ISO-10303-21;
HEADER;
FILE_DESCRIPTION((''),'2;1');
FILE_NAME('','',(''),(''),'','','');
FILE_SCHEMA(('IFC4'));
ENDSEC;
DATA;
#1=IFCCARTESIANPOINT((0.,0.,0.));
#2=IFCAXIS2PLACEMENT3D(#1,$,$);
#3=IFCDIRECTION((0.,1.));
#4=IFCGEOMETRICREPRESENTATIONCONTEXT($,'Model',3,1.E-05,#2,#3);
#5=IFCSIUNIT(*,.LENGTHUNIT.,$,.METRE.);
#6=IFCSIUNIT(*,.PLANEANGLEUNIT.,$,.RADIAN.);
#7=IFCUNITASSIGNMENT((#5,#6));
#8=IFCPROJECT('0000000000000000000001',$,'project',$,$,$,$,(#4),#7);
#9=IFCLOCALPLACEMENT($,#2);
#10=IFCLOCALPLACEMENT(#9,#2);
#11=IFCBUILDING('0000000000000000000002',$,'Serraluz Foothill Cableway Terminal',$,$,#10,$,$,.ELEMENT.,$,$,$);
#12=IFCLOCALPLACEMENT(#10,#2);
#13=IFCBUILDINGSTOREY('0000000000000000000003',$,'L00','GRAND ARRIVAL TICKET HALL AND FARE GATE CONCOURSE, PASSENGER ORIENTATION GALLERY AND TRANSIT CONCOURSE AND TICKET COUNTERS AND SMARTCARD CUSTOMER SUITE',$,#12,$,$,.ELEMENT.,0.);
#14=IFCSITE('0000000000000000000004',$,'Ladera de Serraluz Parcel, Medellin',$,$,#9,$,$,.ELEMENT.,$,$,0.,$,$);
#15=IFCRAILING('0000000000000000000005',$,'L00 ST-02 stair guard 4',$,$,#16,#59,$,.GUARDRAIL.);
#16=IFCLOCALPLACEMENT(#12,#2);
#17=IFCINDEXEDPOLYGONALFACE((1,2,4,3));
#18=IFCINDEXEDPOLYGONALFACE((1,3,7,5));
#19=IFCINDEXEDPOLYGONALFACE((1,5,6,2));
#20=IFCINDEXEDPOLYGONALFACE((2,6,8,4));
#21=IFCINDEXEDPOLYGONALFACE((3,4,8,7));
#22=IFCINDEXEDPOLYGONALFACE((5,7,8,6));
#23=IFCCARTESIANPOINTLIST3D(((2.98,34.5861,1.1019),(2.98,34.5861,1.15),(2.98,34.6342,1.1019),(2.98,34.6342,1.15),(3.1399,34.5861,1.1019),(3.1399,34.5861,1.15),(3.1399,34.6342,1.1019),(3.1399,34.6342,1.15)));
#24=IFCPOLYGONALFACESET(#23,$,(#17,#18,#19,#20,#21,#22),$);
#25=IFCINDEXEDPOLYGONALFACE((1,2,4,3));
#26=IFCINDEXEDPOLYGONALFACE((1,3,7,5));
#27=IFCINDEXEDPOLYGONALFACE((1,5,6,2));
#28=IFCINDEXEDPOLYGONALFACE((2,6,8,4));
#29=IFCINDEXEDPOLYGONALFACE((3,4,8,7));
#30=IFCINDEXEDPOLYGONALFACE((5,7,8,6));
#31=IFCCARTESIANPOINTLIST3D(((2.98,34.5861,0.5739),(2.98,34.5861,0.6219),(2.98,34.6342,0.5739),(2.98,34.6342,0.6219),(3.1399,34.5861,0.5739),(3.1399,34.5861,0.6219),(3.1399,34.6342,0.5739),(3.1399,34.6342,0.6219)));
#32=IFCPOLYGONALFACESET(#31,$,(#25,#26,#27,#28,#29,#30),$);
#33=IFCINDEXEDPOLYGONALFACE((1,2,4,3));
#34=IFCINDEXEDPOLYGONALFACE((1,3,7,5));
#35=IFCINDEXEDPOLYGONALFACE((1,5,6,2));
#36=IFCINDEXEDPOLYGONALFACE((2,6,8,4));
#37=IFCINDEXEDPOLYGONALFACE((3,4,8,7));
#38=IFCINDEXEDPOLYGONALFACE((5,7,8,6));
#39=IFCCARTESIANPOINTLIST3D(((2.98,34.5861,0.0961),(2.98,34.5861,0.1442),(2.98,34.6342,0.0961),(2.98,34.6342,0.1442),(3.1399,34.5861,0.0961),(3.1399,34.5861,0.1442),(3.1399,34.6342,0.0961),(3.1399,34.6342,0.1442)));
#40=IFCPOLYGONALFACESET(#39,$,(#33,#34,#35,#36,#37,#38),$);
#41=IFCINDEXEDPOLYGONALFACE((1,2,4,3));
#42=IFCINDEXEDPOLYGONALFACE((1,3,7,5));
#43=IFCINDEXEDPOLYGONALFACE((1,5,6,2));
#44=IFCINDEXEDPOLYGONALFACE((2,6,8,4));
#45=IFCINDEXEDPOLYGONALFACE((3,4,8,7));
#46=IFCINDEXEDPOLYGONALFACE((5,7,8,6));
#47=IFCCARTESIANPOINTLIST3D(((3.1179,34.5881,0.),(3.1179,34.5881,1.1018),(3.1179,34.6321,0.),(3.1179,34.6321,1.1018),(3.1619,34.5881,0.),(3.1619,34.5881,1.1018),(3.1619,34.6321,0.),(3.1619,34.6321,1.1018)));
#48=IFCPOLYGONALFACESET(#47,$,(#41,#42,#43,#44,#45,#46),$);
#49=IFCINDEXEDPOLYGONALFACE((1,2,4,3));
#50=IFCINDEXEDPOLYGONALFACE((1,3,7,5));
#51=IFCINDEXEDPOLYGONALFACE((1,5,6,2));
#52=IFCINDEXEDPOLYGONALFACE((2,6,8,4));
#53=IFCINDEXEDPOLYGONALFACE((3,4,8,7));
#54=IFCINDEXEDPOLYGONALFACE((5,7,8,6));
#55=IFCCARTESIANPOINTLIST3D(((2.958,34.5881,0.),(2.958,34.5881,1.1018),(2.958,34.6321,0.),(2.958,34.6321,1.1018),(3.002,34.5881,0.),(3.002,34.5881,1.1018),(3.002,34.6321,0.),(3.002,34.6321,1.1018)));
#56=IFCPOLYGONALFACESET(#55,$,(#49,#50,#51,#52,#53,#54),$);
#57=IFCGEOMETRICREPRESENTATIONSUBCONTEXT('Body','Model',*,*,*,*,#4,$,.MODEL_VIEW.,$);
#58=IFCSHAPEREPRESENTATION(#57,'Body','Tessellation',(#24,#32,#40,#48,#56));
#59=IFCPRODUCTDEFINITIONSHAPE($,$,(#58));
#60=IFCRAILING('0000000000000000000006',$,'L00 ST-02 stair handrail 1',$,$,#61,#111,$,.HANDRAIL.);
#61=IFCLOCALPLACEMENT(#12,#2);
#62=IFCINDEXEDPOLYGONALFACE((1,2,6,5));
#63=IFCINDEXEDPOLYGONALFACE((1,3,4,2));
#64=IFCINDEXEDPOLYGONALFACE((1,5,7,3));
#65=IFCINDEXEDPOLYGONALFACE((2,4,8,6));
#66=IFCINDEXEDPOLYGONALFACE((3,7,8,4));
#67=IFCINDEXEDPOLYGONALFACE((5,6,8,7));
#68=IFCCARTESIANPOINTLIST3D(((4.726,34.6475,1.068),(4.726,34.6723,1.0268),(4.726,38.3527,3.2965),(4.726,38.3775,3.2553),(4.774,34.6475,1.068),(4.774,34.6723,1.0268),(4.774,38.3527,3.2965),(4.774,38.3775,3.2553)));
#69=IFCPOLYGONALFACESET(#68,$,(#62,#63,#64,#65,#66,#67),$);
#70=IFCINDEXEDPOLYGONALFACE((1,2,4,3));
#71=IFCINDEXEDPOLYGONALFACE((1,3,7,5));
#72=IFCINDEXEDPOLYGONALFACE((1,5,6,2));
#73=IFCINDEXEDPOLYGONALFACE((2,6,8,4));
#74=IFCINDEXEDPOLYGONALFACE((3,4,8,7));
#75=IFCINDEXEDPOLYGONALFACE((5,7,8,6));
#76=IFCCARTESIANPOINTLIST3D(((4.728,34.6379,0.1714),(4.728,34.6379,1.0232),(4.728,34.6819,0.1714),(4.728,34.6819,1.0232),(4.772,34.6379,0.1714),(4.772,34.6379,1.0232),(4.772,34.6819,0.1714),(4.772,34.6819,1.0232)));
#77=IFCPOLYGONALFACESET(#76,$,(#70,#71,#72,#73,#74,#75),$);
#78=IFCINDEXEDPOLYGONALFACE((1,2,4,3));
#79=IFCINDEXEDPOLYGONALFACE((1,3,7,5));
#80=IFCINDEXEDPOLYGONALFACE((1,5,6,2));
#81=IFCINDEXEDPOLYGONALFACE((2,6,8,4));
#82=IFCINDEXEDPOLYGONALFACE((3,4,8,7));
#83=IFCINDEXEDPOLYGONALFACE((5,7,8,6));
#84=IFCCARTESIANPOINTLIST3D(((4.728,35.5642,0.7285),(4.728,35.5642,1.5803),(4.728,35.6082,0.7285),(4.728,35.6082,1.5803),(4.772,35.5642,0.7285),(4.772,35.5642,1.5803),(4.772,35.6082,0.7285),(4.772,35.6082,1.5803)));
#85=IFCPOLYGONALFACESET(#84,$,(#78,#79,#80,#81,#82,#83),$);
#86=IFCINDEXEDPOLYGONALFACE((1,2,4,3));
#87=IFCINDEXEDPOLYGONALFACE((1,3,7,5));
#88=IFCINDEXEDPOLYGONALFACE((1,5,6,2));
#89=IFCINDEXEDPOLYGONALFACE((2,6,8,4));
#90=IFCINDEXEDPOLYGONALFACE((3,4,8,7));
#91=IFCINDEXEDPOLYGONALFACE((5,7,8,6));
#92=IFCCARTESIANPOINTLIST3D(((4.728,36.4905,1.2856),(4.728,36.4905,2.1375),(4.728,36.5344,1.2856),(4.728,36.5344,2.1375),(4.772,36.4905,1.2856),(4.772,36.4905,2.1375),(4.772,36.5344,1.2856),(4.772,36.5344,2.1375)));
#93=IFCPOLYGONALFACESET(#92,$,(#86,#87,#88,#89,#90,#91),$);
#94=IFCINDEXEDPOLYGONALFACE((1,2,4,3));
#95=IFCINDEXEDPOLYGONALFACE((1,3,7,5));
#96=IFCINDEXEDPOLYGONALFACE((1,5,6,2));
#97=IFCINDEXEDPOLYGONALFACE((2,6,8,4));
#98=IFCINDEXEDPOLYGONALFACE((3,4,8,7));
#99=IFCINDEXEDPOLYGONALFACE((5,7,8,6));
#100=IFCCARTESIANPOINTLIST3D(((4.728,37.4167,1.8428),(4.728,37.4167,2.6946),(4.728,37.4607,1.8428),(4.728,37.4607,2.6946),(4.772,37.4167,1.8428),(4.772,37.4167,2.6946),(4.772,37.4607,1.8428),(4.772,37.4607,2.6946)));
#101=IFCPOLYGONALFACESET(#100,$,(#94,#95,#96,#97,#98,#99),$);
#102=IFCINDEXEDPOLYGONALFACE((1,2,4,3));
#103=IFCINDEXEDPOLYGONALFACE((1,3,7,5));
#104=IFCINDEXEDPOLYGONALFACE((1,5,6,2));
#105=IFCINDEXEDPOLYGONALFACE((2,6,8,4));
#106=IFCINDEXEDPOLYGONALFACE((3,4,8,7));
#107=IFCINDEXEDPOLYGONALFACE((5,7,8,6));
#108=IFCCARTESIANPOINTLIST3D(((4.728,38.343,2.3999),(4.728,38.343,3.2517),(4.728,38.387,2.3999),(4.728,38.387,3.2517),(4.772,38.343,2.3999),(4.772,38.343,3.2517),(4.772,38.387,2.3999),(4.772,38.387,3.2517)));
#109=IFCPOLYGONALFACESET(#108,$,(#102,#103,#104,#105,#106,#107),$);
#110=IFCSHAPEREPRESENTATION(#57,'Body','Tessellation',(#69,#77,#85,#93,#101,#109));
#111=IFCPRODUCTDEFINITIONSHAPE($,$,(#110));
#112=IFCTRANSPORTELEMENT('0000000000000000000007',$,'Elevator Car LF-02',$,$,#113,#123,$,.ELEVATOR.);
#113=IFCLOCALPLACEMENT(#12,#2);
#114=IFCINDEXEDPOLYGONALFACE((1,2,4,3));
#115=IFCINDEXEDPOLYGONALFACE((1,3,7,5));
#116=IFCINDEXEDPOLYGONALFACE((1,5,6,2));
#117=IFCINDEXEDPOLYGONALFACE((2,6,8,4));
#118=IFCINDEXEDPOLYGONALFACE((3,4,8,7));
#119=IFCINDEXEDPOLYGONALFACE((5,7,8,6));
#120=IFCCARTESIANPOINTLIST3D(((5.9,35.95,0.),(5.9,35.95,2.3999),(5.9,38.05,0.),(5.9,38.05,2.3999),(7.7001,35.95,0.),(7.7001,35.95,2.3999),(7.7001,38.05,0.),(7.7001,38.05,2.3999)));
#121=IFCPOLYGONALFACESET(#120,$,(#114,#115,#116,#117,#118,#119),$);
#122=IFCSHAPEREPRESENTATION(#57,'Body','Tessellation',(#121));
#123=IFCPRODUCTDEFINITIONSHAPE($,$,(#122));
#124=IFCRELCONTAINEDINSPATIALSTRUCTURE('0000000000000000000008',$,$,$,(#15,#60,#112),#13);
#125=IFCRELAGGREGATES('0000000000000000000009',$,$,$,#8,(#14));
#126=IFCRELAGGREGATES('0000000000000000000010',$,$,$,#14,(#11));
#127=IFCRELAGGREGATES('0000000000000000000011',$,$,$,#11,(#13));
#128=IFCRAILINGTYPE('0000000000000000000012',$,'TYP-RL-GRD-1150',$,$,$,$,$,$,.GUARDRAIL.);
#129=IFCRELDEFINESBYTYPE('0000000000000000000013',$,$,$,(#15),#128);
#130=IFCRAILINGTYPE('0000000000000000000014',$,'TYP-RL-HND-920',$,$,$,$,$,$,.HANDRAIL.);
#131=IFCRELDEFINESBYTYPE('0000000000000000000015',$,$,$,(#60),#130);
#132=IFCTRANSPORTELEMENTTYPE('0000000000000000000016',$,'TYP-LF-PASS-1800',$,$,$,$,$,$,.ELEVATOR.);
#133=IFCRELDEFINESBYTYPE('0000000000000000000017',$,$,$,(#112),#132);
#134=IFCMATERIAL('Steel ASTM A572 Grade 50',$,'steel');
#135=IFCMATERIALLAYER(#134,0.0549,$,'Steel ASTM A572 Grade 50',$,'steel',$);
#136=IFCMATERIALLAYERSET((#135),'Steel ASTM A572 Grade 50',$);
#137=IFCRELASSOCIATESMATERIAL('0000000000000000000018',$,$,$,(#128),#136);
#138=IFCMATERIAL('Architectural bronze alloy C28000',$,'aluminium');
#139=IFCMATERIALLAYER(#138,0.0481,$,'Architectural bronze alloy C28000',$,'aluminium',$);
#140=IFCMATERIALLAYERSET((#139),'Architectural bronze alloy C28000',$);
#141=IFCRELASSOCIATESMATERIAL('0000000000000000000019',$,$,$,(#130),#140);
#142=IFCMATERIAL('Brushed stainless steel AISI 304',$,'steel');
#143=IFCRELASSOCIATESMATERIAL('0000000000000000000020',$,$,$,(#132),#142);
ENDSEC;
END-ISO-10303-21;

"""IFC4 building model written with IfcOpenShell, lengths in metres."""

from ifc_helpers import new_model, si_unit, direction, frame, origin, origin_2d, place, context, subcontext, project, spatial, rectangle, extrude, material, layer, layer_set, type_object, element, save


model = new_model("IFC4")

# Units and contexts
model_context = context("Model", 3, precision=1e-05, world=origin(), true_north=direction((0.0, 1.0)))
body_context = subcontext(model_context, "Body", "Model", "MODEL_VIEW")
ifc_project = project(units=[si_unit("LENGTHUNIT", "METRE"), si_unit("PLANEANGLEUNIT", "RADIAN")], contexts=[model_context])

# Site, building, storey
site_placement = place(None, origin())
site = spatial("IfcSite", under=ifc_project, at=site_placement, Name="Ladera de Serraluz Parcel, Medellin", CompositionType="ELEMENT", RefElevation=0.0)
building_placement = place(site_placement, origin())
building = spatial("IfcBuilding", under=site, at=building_placement, Name="Serraluz Foothill Cableway Terminal", CompositionType="ELEMENT")
storey_placement = place(building_placement, origin())
storey = spatial("IfcBuildingStorey", under=building, at=storey_placement, Name="L00", Description="GRAND ARRIVAL TICKET HALL AND FARE GATE CONCOURSE, PASSENGER ORIENTATION GALLERY AND TRANSIT CONCOURSE AND TICKET COUNTERS AND SMARTCARD CUSTOMER SUITE", CompositionType="ELEMENT", Elevation=0.0)

# Railings
ifc_material_1 = material(Name="Steel ASTM A572 Grade 50", Category="steel")
ifc_layer_1 = layer(ifc_material_1, 0.0549, Name="Steel ASTM A572 Grade 50", Category="steel")
ifc_layer_set_1 = layer_set([ifc_layer_1], Name="Steel ASTM A572 Grade 50")
railing_type_1 = type_object("IfcRailingType", Name="TYP-RL-GRD-1150", PredefinedType="GUARDRAIL", material=ifc_layer_set_1)
railing_1_placement = place(storey_placement, frame((3.1399, 34.6101, 0.0)))
element("IfcRailing", 1, at=railing_1_placement, inside=storey, type_object=railing_type_1, Name="L00 ST-02 stair guard 4", PredefinedType="GUARDRAIL", context=body_context, shape_type="SweptSolid", body=[
    extrude(rectangle(XDim=0.0481, YDim=0.0481, at=origin_2d()), frame((0.0, 0.0, 1.126), z_axis=(-1.0, 0.0, 0.0), x_axis=(0.0, -1.0, 0.0)), (0.0, 0.0, 1.0), 0.1599),
    extrude(rectangle(XDim=0.0481, YDim=0.0481, at=origin_2d()), frame((0.0, 0.0, 0.5979), z_axis=(-1.0, 0.0, 0.0), x_axis=(0.0, -1.0, 0.0)), (0.0, 0.0, 1.0), 0.1599),
    extrude(rectangle(XDim=0.0481, YDim=0.0481, at=origin_2d()), frame((0.0, 0.0, 0.1201), z_axis=(-1.0, 0.0, 0.0), x_axis=(0.0, -1.0, 0.0)), (0.0, 0.0, 1.0), 0.1599),
    extrude(rectangle(XDim=0.0439, YDim=0.0439, at=origin_2d()), origin(), (0.0, 0.0, 1.0), 1.1018),
    extrude(rectangle(XDim=0.0439, YDim=0.0439, at=origin_2d()), frame((-0.1599, 0.0, 0.0)), (0.0, 0.0, 1.0), 1.1018),
])
ifc_material_2 = material(Name="Architectural bronze alloy C28000", Category="aluminium")
ifc_layer_2 = layer(ifc_material_2, 0.0481, Name="Architectural bronze alloy C28000", Category="aluminium")
ifc_layer_set_2 = layer_set([ifc_layer_2], Name="Architectural bronze alloy C28000")
railing_type_2 = type_object("IfcRailingType", Name="TYP-RL-HND-920", PredefinedType="HANDRAIL", material=ifc_layer_set_2)
railing_2_placement = place(storey_placement, frame((4.75, 34.6599, 0.1714)))
element("IfcRailing", 2, at=railing_2_placement, inside=storey, type_object=railing_type_2, Name="L00 ST-02 stair handrail 1", PredefinedType="HANDRAIL", context=body_context, shape_type="SweptSolid", body=[
    extrude(rectangle(XDim=0.0481, YDim=0.0481, at=origin_2d()), frame((0.0, 0.0, 0.876), z_axis=(0.0, 0.856934, 0.515425), x_axis=(-1.0, 0.0, 0.0)), (0.0, 0.0, 1.0), 4.3237),
    extrude(rectangle(XDim=0.0439, YDim=0.0439, at=origin_2d()), origin(), (0.0, 0.0, 1.0), 0.8518),
    extrude(rectangle(XDim=0.0439, YDim=0.0439, at=origin_2d()), frame((0.0, 0.9263, 0.5571)), (0.0, 0.0, 1.0), 0.8518),
    extrude(rectangle(XDim=0.0439, YDim=0.0439, at=origin_2d()), frame((0.0, 1.8525, 1.1143)), (0.0, 0.0, 1.0), 0.8518),
    extrude(rectangle(XDim=0.0439, YDim=0.0439, at=origin_2d()), frame((0.0, 2.7788, 1.6714)), (0.0, 0.0, 1.0), 0.8518),
    extrude(rectangle(XDim=0.0439, YDim=0.0439, at=origin_2d()), frame((0.0, 3.7051, 2.2285)), (0.0, 0.0, 1.0), 0.8518),
])

# Transport element
ifc_material_3 = material(Name="Brushed stainless steel AISI 304", Category="steel")
transport_element_type = type_object("IfcTransportElementType", Name="TYP-LF-PASS-1800", PredefinedType="ELEVATOR", material=ifc_material_3)
transport_element_placement = place(storey_placement, frame((6.8, 37.0, 0.0), z_axis=(0.0, 0.0, 1.0), x_axis=(1.0, 0.0, 0.0)))
element("IfcTransportElement", 3, at=transport_element_placement, inside=storey, type_object=transport_element_type, Name="Elevator Car LF-02", PredefinedType="ELEVATOR", context=body_context, shape_type="SweptSolid", body=[
    extrude(rectangle(XDim=1.8, YDim=2.1001, at=origin_2d()), origin(), (0.0, 0.0, 1.0), 2.3999),
])

save(model, "model.ifc")
